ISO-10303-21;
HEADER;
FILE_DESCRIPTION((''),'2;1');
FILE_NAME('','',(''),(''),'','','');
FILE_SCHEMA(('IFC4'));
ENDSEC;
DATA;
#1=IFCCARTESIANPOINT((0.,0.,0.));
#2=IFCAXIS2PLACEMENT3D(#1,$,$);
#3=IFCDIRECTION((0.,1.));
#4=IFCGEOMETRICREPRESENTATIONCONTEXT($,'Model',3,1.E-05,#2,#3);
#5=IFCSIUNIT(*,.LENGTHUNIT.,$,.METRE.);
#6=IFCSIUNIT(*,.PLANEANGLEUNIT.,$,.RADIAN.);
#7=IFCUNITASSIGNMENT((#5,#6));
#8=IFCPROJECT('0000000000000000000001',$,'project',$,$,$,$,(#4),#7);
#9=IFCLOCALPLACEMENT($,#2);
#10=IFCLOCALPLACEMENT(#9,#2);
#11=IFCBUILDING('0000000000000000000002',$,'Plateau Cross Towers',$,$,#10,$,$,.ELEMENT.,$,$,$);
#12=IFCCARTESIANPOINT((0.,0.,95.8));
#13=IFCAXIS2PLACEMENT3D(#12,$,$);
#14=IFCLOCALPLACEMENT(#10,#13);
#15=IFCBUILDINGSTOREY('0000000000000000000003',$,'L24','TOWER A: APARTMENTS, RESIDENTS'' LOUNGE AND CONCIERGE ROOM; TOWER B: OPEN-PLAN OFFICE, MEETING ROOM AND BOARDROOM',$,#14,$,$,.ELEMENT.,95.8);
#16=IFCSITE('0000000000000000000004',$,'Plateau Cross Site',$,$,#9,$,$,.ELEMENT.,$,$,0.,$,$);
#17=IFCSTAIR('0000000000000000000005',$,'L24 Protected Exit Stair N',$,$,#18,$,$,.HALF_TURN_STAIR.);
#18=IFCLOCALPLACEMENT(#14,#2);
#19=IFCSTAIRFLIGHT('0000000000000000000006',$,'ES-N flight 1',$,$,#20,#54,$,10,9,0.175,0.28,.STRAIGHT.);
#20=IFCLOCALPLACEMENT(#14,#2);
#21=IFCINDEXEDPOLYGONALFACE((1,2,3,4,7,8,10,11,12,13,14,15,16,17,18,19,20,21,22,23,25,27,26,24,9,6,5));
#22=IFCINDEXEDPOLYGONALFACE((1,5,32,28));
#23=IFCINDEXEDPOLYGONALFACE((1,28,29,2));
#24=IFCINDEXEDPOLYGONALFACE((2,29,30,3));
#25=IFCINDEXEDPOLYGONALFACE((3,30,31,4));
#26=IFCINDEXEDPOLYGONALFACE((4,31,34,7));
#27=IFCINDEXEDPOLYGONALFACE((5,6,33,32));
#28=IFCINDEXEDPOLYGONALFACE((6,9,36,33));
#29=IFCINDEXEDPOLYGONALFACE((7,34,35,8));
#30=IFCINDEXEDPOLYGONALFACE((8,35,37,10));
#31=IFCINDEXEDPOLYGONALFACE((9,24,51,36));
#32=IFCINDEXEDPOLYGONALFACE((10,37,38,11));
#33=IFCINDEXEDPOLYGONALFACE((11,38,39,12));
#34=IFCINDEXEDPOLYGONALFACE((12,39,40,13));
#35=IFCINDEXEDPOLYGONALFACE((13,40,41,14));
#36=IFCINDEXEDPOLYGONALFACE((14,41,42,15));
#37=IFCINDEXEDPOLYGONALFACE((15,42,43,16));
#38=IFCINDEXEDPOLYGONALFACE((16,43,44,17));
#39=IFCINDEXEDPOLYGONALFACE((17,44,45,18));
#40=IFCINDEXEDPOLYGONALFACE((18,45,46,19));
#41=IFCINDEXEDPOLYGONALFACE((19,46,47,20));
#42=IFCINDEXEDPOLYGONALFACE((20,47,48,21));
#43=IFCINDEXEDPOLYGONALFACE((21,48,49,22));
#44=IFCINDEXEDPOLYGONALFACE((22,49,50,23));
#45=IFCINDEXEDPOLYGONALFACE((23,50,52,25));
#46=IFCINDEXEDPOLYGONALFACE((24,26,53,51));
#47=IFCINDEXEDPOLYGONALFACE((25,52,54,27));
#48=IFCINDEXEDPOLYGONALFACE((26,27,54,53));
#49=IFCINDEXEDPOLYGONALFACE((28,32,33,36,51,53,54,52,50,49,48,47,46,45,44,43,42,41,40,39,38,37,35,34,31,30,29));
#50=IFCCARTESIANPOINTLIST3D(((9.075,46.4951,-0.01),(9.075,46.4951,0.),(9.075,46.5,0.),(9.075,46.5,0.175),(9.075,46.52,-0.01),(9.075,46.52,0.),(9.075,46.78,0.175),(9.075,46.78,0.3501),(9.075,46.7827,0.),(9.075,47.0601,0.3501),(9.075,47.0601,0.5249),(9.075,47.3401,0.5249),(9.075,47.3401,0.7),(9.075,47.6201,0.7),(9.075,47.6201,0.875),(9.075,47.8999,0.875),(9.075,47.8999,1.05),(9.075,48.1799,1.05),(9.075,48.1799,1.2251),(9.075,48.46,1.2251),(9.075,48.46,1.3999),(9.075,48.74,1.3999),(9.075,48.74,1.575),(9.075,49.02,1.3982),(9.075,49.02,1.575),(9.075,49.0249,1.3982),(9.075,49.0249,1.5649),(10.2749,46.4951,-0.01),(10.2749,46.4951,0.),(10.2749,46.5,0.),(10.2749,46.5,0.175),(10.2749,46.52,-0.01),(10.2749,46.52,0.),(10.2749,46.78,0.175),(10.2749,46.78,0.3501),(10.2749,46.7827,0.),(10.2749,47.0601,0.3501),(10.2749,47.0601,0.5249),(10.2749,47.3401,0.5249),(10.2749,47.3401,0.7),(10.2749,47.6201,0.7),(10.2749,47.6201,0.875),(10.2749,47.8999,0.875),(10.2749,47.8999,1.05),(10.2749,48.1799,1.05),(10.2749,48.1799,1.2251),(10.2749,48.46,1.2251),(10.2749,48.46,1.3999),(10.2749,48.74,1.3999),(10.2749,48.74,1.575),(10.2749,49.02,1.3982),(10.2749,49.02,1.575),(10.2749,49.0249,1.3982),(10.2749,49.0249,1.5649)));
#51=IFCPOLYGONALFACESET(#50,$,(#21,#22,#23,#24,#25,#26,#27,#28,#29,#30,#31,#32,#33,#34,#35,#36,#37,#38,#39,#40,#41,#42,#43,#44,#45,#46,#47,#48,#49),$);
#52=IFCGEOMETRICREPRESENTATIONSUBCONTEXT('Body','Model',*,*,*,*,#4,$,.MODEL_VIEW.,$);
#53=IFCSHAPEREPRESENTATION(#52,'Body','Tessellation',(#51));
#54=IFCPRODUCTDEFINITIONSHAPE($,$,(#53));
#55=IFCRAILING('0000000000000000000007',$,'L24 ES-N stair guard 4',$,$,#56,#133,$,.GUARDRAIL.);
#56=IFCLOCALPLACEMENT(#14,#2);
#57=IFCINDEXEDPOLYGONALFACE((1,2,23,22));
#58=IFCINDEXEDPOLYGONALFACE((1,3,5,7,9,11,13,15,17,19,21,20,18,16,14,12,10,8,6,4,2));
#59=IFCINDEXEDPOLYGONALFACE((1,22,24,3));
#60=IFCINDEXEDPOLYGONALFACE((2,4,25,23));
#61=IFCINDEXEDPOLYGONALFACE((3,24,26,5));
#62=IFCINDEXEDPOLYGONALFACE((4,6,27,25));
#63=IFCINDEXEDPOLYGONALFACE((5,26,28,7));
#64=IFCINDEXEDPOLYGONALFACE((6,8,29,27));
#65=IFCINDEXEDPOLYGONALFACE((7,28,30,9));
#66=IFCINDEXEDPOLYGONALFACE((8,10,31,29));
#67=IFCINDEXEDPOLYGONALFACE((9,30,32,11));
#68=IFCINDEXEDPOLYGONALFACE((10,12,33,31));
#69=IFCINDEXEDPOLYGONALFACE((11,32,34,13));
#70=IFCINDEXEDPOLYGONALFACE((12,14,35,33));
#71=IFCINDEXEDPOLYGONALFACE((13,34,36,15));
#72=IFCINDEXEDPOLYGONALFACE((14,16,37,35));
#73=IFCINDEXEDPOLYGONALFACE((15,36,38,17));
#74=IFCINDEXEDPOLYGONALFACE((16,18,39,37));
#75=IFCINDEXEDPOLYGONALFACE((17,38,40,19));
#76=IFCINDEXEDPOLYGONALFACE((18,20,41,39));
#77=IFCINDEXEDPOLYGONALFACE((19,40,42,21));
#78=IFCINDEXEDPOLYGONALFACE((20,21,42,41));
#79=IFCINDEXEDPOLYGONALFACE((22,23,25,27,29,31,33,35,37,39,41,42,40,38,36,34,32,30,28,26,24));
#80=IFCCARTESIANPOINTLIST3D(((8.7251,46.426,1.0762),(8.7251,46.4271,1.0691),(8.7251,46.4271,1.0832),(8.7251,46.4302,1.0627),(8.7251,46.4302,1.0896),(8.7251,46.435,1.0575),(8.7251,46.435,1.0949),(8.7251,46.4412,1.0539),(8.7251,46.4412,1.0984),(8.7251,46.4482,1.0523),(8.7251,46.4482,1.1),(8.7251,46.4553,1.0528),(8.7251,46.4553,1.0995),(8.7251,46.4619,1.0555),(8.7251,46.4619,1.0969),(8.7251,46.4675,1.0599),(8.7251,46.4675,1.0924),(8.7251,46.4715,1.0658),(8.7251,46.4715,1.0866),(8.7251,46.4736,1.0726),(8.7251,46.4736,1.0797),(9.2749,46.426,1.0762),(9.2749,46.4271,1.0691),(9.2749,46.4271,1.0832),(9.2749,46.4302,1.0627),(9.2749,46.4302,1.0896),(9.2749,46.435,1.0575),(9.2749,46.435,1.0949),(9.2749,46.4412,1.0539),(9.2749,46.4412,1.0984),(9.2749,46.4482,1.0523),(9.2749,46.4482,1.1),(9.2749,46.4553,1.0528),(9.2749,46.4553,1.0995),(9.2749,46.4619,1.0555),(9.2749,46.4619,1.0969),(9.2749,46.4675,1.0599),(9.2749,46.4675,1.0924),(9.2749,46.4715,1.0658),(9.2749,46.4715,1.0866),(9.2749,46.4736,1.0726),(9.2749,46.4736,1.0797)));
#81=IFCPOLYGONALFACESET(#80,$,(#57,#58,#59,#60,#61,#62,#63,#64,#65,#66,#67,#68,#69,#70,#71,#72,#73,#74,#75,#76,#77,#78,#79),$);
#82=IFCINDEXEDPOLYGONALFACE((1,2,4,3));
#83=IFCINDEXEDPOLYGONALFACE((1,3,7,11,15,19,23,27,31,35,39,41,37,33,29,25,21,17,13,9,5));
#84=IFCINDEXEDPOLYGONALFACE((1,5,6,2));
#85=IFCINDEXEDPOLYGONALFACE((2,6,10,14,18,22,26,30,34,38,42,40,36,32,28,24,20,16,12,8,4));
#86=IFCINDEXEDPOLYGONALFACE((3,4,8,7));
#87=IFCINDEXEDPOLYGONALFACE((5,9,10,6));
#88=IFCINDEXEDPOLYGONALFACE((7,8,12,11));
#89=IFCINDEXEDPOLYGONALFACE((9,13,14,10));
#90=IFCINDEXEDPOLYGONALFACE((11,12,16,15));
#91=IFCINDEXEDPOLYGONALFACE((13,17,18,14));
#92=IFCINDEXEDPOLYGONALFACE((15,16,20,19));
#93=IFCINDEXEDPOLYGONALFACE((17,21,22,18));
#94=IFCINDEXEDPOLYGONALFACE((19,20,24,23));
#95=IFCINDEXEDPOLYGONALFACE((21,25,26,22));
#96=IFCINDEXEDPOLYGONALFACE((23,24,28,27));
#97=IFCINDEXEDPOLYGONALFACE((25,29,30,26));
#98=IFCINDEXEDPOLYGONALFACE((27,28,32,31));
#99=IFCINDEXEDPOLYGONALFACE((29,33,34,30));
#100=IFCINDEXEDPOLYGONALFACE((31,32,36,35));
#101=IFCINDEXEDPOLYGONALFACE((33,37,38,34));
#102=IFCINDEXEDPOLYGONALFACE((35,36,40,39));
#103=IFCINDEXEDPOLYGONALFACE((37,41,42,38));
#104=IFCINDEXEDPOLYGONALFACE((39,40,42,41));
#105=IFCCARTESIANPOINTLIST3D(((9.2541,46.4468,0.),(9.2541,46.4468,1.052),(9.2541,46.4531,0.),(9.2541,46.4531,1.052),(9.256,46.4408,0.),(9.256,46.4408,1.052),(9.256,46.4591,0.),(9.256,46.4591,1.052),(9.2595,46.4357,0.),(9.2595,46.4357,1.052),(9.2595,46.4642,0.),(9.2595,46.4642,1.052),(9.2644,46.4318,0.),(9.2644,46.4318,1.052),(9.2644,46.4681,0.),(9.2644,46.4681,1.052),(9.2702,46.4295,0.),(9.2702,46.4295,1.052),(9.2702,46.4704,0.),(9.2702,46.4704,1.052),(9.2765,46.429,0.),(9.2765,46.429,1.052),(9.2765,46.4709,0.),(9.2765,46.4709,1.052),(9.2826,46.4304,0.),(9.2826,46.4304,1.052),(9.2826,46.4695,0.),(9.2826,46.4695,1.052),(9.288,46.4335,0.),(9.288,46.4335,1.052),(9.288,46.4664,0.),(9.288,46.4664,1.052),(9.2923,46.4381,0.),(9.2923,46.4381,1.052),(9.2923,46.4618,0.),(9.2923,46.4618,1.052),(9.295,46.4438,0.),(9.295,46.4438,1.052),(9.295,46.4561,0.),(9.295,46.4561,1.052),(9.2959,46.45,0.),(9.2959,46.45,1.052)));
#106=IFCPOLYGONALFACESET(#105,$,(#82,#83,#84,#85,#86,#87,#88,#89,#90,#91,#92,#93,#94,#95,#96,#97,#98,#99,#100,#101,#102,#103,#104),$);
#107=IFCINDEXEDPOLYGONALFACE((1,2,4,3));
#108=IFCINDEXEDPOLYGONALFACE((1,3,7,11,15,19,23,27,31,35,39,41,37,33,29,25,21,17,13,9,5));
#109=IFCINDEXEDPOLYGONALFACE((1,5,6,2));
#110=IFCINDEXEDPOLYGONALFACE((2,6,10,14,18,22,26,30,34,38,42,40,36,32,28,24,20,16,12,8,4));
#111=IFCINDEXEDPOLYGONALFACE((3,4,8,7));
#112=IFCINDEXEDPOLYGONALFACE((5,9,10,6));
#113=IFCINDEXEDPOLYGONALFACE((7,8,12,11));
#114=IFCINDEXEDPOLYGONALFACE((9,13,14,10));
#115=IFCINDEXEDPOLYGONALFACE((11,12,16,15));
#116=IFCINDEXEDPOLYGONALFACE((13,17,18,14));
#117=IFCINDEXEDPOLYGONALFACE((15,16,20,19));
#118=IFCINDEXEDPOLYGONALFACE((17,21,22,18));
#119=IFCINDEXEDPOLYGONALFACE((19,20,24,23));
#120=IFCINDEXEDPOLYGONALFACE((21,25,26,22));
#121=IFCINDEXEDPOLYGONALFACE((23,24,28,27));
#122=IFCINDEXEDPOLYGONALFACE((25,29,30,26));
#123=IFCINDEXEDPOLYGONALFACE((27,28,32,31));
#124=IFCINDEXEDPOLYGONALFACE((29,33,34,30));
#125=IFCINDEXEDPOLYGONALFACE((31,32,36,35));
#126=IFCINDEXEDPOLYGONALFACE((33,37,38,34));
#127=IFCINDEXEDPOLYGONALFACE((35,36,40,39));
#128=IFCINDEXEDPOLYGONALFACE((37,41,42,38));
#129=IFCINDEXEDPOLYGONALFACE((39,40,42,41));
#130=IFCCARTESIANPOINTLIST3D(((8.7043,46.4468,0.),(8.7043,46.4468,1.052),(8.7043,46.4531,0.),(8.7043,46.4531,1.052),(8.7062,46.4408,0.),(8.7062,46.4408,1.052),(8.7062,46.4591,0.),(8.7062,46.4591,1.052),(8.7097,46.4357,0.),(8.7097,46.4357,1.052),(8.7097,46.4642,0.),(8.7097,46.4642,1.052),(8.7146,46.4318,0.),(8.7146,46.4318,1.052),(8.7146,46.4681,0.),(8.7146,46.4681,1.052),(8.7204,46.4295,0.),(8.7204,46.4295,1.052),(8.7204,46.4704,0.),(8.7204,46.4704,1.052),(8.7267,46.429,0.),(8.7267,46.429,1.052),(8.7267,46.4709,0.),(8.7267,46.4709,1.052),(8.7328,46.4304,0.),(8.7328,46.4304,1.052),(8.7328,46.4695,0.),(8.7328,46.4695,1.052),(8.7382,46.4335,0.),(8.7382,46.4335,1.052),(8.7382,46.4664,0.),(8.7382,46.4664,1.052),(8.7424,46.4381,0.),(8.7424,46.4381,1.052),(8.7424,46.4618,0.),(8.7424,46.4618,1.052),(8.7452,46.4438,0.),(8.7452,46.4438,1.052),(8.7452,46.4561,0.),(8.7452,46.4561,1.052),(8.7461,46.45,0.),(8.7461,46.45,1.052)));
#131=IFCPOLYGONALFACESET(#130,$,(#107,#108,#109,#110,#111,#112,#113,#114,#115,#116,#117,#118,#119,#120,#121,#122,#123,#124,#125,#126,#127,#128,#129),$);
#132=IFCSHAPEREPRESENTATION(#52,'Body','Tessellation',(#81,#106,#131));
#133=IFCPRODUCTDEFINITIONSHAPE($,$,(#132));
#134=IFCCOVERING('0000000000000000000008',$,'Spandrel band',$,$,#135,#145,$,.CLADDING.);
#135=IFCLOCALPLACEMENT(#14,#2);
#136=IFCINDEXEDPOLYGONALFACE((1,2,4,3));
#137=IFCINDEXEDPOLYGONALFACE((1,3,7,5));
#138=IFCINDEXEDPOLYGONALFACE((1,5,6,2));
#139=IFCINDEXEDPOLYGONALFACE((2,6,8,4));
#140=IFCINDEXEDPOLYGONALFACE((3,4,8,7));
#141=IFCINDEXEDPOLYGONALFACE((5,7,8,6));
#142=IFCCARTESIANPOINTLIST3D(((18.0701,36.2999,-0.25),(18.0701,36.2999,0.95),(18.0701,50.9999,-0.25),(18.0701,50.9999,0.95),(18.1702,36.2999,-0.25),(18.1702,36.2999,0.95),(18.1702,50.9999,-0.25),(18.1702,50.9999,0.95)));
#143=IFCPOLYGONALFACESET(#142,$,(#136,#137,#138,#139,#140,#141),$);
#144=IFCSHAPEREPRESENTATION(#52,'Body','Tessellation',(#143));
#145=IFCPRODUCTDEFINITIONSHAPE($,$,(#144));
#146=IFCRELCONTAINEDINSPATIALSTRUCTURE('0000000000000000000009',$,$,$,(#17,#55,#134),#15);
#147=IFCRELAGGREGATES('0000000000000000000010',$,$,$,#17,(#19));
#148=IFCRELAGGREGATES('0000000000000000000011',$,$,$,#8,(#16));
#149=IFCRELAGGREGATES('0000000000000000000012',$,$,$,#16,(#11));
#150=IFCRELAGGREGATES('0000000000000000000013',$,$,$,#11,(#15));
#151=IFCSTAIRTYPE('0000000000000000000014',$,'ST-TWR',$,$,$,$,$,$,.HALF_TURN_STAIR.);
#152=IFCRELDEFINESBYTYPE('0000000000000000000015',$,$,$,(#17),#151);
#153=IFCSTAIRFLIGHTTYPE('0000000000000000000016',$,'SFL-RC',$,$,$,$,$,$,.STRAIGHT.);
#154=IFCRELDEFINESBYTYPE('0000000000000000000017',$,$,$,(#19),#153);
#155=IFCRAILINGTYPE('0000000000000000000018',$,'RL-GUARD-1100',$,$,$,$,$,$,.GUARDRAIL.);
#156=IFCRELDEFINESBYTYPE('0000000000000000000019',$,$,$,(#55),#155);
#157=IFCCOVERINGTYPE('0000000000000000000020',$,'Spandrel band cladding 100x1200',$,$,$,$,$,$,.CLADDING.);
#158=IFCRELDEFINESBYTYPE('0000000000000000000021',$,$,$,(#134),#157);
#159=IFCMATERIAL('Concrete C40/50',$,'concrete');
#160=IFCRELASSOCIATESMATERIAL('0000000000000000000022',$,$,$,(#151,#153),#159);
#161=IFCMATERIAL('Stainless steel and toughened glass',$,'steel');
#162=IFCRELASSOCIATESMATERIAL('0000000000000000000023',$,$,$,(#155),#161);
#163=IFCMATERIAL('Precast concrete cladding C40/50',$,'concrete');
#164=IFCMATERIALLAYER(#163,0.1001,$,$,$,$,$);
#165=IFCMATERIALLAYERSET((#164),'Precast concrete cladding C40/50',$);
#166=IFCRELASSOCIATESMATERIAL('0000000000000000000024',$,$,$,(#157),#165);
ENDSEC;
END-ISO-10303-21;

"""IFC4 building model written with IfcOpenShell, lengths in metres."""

from ifc_helpers import new_model, si_unit, direction, frame, origin, origin_2d, place, context, subcontext, project, spatial, polyline, rectangle, circle, outline, extrude, material, layer, layer_set, type_object, element, aggregate, save


model = new_model("IFC4")

# Units and contexts
model_context = context("Model", 3, precision=1e-05, world=origin(), true_north=direction((0.0, 1.0)))
body_context = subcontext(model_context, "Body", "Model", "MODEL_VIEW")
ifc_project = project(units=[si_unit("LENGTHUNIT", "METRE"), si_unit("PLANEANGLEUNIT", "RADIAN")], contexts=[model_context])

# Site, building, storey
site_placement = place(None, origin())
site = spatial("IfcSite", under=ifc_project, at=site_placement, Name="Plateau Cross Site", CompositionType="ELEMENT", RefElevation=0.0)
building_placement = place(site_placement, origin())
building = spatial("IfcBuilding", under=site, at=building_placement, Name="Plateau Cross Towers", CompositionType="ELEMENT")
storey_placement = place(building_placement, frame((0.0, 0.0, 95.8)))
storey = spatial("IfcBuildingStorey", under=building, at=storey_placement, Name="L24", Description="TOWER A: APARTMENTS, RESIDENTS' LOUNGE AND CONCIERGE ROOM; TOWER B: OPEN-PLAN OFFICE, MEETING ROOM AND BOARDROOM", CompositionType="ELEMENT", Elevation=95.8)

# Stair, stair flight
ifc_material_1 = material(Name="Concrete C40/50", Category="concrete")
stair_type = type_object("IfcStairType", Name="ST-TWR", PredefinedType="HALF_TURN_STAIR", material=ifc_material_1)
stair_placement = place(storey_placement, origin())
stair = element("IfcStair", 1, at=stair_placement, inside=storey, type_object=stair_type, Name="L24 Protected Exit Stair N", PredefinedType="HALF_TURN_STAIR")
stair_flight_type = type_object("IfcStairFlightType", Name="SFL-RC", PredefinedType="STRAIGHT", material=ifc_material_1)
stair_flight_placement = place(storey_placement, frame((9.675, 46.5, 0.0), z_axis=(0.0, 0.0, 1.0), x_axis=(0.0, 1.0, 0.0)))
stair_flight = element("IfcStairFlight", 2, at=stair_flight_placement, type_object=stair_flight_type, Name="ES-N flight 1", NumberOfRisers=10, NumberOfTreads=9, PredefinedType="STRAIGHT", RiserHeight=0.175, TreadLength=0.28, context=body_context, shape_type="SweptSolid", body=[
    extrude(outline(polyline([(-0.0049, -0.01), (-0.0049, 0.0), (0.0, 0.0), (0.0, 0.175), (0.28, 0.175), (0.28, 0.3501), (0.5601, 0.3501), (0.5601, 0.5249), (0.8401, 0.5249), (0.8401, 0.7), (1.1201, 0.7), (1.1201, 0.875), (1.3999, 0.875), (1.3999, 1.05), (1.6799, 1.05), (1.6799, 1.2251), (1.96, 1.2251), (1.96, 1.3999), (2.24, 1.3999), (2.24, 1.575), (2.52, 1.575), (2.5249, 1.5649), (2.5249, 1.3982), (2.52, 1.3982), (0.2827, 0.0), (0.02, 0.0), (0.02, -0.01), (-0.0049, -0.01)])), frame((0.0, 0.6001, 0.0), z_axis=(0.0, -1.0, 0.0), x_axis=(1.0, 0.0, 0.0)), (0.0, 0.0, 1.0), 1.2),
])
aggregate(stair, [stair_flight])

# Railing
ifc_material_2 = material(Name="Stainless steel and toughened glass", Category="steel")
railing_type_1 = type_object("IfcRailingType", Name="RL-GUARD-1100", PredefinedType="GUARDRAIL", material=ifc_material_2)
railing_1_placement = place(storey_placement, frame((9.2749, 46.45, 0.0)))
element("IfcRailing", 3, at=railing_1_placement, inside=storey, type_object=railing_type_1, Name="L24 ES-N stair guard 4", PredefinedType="GUARDRAIL", context=body_context, shape_type="SweptSolid", body=[
    extrude(circle(Radius=0.0239, at=origin_2d()), frame((0.0, 0.0, 1.0762), z_axis=(-1.0, 0.0, 0.0), x_axis=(0.0, -1.0, 0.0)), (0.0, 0.0, 1.0), 0.5498),
    extrude(circle(Radius=0.021, at=origin_2d()), origin(), (0.0, 0.0, 1.0), 1.052),
    extrude(circle(Radius=0.021, at=origin_2d()), frame((-0.5498, 0.0, 0.0)), (0.0, 0.0, 1.0), 1.052),
])

# Covering
ifc_material_3 = material(Name="Precast concrete cladding C40/50", Category="concrete")
ifc_layer_1 = layer(ifc_material_3, 0.1001)
ifc_layer_set_1 = layer_set([ifc_layer_1], Name="Precast concrete cladding C40/50")
covering_type = type_object("IfcCoveringType", Name="Spandrel band cladding 100x1200", PredefinedType="CLADDING", material=ifc_layer_set_1)
covering_placement = place(storey_placement, frame((18.1201, 43.6499, -0.25), z_axis=(0.0, 0.0, 1.0), x_axis=(0.0, 1.0, 0.0)))
element("IfcCovering", 4, at=covering_placement, inside=storey, type_object=covering_type, Name="Spandrel band", PredefinedType="CLADDING", context=body_context, shape_type="SweptSolid", body=[
    extrude(rectangle(XDim=14.7, YDim=0.1001, at=origin_2d()), origin(), (0.0, 0.0, 1.0), 1.2),
])

save(model, "model.ifc")
